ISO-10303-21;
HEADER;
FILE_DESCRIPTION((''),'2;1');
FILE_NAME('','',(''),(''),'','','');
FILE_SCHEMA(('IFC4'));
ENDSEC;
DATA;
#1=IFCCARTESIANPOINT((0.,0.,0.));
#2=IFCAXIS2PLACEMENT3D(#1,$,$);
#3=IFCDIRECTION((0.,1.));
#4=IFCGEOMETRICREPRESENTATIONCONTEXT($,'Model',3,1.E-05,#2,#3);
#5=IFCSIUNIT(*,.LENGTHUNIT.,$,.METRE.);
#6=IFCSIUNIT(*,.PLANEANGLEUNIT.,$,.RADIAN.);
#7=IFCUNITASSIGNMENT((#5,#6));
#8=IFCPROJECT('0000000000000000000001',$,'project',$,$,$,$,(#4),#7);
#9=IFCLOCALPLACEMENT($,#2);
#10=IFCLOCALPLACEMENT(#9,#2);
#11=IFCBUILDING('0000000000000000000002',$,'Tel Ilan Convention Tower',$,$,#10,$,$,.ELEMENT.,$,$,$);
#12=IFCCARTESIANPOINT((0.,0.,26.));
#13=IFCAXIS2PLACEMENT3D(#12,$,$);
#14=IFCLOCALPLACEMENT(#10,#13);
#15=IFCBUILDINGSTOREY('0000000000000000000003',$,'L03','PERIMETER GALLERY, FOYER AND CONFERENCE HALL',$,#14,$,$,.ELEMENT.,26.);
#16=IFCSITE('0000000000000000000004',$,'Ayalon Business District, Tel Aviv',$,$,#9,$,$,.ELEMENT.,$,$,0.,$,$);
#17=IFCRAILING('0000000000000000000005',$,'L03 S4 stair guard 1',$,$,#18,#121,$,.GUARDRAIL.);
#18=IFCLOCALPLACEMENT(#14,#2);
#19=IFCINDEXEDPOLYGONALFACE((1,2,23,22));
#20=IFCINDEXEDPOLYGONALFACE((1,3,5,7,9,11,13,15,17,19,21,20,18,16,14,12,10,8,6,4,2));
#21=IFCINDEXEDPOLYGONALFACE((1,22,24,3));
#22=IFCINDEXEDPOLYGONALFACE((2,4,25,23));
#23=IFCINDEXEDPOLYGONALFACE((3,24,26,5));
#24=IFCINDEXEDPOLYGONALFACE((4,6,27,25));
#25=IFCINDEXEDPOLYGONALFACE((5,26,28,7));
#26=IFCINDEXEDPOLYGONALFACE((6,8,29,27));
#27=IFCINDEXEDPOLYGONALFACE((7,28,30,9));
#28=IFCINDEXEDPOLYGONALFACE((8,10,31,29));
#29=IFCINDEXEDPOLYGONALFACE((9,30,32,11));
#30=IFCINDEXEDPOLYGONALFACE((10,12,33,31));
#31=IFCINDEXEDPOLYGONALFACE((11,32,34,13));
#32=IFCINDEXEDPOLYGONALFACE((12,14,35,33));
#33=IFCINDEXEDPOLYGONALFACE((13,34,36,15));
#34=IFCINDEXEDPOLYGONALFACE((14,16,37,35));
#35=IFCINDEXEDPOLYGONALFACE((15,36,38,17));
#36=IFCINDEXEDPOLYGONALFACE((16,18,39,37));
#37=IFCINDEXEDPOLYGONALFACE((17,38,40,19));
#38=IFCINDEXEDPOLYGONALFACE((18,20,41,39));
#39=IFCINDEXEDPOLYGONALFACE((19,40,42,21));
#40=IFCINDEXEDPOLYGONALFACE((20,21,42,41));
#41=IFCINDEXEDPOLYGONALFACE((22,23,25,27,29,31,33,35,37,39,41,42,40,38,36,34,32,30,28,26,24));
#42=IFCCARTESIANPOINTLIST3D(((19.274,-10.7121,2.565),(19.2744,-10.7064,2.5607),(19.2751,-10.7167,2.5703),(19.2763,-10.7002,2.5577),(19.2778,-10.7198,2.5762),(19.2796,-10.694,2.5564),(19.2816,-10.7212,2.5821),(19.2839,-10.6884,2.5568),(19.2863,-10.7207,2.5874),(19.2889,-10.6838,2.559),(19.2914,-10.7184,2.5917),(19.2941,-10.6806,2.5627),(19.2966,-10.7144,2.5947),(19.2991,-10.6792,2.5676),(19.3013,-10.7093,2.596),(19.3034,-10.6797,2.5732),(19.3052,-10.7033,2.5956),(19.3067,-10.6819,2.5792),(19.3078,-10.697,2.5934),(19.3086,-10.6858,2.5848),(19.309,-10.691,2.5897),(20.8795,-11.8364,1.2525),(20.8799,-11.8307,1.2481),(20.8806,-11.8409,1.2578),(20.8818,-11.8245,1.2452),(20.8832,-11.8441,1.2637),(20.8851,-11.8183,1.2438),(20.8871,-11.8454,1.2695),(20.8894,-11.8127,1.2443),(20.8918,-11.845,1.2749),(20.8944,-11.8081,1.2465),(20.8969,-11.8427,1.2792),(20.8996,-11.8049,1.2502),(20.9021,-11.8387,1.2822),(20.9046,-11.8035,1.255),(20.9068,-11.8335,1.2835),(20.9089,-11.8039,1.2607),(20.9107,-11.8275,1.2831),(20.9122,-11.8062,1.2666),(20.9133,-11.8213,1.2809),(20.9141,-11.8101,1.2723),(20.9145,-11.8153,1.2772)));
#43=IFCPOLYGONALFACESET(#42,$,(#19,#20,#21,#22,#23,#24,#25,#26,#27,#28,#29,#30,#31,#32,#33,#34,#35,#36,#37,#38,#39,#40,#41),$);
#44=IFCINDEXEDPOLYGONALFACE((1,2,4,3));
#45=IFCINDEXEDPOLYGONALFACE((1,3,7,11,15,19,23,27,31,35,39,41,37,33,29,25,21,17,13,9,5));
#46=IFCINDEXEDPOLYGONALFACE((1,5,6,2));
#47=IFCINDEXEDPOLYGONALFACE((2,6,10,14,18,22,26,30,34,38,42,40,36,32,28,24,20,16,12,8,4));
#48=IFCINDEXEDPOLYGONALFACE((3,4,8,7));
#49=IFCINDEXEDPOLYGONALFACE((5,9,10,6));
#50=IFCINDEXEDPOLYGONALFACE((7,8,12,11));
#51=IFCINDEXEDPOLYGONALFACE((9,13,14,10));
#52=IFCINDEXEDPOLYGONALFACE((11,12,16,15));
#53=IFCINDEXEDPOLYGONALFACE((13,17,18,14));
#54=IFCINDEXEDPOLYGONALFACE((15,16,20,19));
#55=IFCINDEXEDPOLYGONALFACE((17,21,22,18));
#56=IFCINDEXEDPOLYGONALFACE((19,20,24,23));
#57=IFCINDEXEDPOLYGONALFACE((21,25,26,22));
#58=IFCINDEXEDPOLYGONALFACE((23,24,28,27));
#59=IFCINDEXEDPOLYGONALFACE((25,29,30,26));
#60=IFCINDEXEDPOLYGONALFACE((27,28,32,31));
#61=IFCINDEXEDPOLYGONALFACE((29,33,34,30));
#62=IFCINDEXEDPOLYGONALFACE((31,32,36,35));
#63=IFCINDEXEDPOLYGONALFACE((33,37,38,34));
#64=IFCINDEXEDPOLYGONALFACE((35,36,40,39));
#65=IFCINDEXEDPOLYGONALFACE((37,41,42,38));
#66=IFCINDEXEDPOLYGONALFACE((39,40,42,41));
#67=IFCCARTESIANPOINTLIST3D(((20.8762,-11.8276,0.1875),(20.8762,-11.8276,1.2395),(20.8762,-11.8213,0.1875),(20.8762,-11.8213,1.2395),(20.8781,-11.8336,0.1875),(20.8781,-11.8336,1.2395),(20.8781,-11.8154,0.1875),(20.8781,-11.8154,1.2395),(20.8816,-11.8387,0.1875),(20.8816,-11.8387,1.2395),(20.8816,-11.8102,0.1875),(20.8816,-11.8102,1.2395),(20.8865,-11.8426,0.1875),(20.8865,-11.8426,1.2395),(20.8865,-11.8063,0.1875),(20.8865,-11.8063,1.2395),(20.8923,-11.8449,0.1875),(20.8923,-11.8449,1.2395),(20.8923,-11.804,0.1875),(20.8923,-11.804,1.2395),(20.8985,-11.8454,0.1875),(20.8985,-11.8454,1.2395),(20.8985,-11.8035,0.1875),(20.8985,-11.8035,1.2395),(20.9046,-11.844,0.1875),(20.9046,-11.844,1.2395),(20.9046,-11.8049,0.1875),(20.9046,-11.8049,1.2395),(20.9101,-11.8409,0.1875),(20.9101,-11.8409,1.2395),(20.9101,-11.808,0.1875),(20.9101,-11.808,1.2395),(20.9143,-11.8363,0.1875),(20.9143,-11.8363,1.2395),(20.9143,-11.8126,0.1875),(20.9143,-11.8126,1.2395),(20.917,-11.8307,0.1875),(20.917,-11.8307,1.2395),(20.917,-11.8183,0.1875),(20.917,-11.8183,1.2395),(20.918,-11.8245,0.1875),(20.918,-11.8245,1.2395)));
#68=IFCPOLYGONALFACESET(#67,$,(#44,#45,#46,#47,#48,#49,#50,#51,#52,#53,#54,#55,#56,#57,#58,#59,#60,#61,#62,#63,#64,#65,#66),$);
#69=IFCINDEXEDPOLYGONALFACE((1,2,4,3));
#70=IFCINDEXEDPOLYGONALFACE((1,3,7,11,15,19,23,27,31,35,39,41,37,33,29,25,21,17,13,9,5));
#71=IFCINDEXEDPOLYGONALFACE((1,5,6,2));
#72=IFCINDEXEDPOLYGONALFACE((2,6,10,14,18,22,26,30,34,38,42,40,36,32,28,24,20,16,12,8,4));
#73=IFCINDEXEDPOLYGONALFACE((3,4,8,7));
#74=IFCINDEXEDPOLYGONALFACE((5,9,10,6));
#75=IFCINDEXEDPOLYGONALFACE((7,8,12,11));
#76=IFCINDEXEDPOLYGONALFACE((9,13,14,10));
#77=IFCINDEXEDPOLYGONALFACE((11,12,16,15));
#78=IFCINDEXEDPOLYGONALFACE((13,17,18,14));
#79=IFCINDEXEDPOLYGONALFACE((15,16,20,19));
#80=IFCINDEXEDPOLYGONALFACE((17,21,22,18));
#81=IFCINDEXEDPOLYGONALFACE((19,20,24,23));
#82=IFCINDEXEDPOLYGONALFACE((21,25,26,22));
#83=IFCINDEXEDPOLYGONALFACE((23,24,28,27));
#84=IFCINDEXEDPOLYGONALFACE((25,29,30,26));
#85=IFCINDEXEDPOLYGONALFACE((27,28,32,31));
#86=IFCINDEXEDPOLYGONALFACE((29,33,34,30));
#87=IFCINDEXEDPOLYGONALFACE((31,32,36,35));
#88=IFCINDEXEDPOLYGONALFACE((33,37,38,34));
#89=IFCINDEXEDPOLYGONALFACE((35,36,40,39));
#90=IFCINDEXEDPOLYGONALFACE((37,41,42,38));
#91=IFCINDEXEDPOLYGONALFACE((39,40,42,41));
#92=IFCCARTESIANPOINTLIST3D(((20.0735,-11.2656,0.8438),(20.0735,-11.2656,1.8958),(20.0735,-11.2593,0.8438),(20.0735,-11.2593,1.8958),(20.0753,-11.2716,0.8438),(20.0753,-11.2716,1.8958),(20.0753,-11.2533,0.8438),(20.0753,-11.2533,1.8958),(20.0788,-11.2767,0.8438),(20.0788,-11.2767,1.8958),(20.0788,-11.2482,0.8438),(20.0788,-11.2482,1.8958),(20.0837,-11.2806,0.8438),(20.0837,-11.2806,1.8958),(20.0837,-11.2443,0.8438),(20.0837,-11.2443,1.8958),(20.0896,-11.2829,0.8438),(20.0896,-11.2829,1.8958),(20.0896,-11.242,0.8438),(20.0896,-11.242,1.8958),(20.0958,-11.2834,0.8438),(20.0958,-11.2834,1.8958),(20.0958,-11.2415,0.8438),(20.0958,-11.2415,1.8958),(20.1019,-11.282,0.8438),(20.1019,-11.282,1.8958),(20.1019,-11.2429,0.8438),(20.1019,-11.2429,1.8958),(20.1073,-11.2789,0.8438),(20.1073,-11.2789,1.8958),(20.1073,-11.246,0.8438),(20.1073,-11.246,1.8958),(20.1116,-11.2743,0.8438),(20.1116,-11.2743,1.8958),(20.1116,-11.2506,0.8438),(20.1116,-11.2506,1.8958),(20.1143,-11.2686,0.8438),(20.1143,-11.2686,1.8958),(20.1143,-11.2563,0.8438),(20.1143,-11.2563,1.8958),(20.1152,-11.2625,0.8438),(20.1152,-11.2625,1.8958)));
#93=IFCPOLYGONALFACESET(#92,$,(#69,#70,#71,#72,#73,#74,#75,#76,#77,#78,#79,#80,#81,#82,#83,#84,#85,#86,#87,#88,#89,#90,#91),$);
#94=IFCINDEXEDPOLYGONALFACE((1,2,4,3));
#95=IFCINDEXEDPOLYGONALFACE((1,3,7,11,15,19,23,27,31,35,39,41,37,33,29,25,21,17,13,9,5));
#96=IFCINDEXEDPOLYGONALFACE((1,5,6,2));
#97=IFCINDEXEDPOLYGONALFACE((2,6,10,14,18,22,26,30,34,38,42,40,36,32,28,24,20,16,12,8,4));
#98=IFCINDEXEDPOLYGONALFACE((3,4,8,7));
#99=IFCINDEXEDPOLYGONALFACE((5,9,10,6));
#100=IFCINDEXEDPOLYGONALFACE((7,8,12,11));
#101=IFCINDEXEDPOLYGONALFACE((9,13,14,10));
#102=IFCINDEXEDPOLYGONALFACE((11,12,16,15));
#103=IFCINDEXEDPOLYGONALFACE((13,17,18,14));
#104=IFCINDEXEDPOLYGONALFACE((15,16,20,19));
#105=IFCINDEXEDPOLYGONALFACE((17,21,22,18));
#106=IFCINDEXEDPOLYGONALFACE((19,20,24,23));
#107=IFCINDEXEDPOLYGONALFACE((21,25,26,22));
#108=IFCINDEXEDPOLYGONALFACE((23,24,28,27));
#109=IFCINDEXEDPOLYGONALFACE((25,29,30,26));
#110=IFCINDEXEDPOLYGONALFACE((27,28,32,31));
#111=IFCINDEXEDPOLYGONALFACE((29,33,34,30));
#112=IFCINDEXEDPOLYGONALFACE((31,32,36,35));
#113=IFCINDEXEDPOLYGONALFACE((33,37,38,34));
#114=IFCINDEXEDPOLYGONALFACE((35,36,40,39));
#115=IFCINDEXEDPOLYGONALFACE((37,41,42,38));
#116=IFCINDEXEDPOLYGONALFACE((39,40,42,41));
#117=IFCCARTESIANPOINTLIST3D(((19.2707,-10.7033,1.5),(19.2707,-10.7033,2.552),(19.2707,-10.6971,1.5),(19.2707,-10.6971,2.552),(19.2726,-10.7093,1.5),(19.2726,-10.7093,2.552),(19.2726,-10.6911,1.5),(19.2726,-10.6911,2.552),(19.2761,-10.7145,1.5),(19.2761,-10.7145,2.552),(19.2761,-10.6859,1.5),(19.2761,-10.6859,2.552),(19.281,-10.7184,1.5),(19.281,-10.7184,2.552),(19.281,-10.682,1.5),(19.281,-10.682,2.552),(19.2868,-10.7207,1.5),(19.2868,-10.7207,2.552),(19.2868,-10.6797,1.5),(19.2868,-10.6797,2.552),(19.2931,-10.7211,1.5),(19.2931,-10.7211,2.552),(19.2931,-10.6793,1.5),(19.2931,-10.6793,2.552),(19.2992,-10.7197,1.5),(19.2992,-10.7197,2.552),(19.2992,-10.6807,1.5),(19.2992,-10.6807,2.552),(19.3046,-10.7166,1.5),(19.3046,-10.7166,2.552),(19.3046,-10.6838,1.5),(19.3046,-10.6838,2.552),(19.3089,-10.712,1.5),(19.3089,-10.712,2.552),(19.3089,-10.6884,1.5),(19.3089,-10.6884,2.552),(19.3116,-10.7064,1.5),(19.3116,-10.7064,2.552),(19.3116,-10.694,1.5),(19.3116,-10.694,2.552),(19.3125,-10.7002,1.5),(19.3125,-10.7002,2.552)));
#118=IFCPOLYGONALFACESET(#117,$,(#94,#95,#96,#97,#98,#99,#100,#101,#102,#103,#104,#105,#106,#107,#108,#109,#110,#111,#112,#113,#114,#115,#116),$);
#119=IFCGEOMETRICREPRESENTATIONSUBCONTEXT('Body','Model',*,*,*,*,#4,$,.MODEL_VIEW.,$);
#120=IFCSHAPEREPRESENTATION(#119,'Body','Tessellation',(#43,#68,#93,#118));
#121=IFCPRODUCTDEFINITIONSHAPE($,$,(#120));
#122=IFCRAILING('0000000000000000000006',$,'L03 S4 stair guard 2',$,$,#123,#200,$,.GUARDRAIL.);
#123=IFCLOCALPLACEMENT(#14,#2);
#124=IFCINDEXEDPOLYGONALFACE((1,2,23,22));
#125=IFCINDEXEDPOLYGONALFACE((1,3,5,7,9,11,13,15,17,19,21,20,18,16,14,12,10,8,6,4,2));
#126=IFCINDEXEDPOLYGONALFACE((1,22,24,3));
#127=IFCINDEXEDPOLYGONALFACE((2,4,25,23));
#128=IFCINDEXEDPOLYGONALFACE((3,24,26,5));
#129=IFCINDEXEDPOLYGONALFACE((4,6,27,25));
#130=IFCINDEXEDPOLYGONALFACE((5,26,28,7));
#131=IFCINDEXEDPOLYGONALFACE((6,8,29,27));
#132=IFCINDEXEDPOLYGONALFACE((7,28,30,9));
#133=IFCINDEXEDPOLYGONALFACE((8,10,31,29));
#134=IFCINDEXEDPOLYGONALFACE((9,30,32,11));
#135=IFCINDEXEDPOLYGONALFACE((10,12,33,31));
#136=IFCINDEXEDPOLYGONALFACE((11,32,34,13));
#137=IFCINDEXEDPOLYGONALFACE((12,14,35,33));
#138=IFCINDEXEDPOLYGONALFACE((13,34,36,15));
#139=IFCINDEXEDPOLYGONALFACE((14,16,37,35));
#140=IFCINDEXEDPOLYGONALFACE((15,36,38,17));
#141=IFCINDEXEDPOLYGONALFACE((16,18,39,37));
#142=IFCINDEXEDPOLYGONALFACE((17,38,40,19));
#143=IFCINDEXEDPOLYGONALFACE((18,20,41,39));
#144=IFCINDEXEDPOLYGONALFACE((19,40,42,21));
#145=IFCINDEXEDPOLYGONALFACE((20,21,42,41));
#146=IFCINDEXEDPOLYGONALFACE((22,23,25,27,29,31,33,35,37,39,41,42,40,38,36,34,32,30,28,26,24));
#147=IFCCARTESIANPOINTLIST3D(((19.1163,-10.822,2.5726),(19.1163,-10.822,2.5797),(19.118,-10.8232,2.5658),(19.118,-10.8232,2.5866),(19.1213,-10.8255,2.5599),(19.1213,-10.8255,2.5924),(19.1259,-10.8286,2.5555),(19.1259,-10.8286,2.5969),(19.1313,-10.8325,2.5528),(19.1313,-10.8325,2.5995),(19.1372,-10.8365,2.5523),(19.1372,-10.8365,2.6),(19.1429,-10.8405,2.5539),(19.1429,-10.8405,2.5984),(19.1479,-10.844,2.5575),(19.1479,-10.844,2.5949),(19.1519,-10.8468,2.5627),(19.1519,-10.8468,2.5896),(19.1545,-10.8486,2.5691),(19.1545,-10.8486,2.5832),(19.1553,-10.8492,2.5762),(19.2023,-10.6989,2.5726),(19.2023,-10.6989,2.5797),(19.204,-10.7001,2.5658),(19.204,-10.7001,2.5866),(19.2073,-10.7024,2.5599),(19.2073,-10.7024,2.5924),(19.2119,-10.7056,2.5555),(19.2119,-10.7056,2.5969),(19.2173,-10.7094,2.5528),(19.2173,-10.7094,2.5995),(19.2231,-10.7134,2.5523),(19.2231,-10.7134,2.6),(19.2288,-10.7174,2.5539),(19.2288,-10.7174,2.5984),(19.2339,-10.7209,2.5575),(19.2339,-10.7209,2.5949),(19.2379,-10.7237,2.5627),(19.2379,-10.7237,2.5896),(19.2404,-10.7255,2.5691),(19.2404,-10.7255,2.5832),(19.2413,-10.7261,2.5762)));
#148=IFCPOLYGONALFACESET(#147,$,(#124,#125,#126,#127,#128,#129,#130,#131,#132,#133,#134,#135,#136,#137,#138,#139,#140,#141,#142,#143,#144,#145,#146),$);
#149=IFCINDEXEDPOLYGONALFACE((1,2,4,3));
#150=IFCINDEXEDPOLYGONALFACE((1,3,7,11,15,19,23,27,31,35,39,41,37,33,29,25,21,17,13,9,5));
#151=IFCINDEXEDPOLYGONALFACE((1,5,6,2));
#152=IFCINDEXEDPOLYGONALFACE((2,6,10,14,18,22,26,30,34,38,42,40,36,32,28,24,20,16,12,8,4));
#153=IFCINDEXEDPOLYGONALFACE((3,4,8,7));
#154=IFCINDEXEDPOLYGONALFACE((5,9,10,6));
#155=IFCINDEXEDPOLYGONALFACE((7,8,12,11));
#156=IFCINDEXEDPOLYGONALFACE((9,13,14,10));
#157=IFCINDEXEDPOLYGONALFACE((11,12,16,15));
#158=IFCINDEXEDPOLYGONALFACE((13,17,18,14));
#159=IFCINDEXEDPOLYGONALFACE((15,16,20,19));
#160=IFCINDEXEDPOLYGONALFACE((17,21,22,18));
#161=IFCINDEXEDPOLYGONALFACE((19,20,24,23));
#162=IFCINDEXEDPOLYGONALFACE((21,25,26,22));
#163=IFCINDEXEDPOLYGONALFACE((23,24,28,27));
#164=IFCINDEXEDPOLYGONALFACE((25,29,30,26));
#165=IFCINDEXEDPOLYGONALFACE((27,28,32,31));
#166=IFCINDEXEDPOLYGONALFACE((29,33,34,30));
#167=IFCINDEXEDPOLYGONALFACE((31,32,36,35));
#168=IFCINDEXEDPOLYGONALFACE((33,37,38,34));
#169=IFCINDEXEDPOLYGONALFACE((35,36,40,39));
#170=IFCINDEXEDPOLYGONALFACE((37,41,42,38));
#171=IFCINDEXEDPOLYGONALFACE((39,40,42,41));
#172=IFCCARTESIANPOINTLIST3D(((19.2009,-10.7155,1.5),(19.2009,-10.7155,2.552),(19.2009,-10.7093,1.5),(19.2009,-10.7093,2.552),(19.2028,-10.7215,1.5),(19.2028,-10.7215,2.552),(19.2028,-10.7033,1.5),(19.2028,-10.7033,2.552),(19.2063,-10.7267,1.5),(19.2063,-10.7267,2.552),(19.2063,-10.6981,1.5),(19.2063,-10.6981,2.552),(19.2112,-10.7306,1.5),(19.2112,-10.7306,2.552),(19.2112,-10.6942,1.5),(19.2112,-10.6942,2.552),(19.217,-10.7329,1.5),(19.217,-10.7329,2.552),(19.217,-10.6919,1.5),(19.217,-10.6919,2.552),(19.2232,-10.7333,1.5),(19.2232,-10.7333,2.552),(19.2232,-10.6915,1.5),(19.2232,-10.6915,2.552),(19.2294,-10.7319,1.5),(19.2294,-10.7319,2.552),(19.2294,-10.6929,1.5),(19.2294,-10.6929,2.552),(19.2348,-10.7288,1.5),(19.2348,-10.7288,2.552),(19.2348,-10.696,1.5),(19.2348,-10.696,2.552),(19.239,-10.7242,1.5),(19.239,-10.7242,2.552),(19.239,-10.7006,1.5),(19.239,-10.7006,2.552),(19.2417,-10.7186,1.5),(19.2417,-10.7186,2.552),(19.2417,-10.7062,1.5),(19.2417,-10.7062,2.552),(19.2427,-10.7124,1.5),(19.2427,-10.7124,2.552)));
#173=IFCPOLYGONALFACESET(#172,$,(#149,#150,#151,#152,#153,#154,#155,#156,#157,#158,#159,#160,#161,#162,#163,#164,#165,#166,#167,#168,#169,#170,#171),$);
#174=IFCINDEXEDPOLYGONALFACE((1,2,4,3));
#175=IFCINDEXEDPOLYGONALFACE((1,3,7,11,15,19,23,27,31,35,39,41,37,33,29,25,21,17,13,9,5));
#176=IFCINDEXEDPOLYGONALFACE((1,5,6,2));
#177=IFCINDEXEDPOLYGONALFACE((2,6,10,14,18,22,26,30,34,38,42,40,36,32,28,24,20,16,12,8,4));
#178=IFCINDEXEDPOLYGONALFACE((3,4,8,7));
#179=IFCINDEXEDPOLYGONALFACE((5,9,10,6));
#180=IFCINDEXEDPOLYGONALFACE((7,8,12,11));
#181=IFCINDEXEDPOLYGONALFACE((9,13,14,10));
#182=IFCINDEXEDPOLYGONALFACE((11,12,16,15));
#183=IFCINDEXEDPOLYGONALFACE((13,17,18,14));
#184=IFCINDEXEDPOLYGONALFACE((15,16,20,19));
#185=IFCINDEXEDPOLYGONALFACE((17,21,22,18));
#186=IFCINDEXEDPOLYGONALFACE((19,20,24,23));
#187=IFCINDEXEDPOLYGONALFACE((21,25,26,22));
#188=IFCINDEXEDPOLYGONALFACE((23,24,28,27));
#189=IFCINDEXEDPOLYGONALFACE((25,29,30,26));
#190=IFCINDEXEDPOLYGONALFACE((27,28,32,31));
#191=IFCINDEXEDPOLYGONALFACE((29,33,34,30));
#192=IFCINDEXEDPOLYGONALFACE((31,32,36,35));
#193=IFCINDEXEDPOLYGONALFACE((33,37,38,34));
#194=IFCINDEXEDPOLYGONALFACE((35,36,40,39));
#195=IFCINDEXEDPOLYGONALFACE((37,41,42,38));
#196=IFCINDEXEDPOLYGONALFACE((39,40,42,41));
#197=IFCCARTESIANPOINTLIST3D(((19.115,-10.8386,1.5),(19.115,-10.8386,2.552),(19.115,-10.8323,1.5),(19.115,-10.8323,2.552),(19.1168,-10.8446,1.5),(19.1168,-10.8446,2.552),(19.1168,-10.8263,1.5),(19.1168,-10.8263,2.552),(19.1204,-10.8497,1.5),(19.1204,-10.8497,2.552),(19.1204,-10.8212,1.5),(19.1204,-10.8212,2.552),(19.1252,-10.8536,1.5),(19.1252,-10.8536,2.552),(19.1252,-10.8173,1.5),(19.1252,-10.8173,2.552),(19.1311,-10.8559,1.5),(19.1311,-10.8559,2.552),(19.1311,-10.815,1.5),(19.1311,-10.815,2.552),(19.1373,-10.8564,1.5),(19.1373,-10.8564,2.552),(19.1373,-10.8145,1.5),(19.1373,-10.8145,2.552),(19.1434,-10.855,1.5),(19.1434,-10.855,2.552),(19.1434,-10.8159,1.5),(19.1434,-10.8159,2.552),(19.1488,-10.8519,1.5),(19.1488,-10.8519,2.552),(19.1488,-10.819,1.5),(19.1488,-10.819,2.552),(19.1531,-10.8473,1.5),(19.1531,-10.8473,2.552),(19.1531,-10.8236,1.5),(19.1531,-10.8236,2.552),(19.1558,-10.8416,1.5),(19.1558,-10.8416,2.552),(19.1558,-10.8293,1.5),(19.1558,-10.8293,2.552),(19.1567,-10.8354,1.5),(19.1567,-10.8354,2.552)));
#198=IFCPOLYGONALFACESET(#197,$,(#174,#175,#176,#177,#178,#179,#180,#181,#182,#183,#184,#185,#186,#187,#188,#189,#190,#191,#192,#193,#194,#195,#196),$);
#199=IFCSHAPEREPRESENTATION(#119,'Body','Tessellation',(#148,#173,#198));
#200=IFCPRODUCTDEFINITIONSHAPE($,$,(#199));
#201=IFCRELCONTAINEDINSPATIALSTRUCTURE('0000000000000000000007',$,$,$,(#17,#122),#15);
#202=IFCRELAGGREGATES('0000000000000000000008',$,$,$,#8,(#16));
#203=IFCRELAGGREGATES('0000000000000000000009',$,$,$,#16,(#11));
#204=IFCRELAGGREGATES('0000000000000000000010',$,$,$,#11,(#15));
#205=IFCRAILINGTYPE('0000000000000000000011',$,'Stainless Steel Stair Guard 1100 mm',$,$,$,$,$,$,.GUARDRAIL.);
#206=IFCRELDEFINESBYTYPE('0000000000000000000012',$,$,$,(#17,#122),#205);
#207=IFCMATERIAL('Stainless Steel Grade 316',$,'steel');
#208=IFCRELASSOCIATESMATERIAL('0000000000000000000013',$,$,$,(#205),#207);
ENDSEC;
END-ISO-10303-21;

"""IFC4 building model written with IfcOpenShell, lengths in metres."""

from ifc_helpers import new_model, si_unit, direction, frame, origin, origin_2d, place, context, subcontext, project, spatial, circle, extrude, material, type_object, element, save


model = new_model("IFC4")

# Units and contexts
model_context = context("Model", 3, precision=1e-05, world=origin(), true_north=direction((0.0, 1.0)))
body_context = subcontext(model_context, "Body", "Model", "MODEL_VIEW")
ifc_project = project(units=[si_unit("LENGTHUNIT", "METRE"), si_unit("PLANEANGLEUNIT", "RADIAN")], contexts=[model_context])

# Site, building, storey
site_placement = place(None, origin())
site = spatial("IfcSite", under=ifc_project, at=site_placement, Name="Ayalon Business District, Tel Aviv", CompositionType="ELEMENT", RefElevation=0.0)
building_placement = place(site_placement, origin())
building = spatial("IfcBuilding", under=site, at=building_placement, Name="Tel Ilan Convention Tower", CompositionType="ELEMENT")
storey_placement = place(building_placement, frame((0.0, 0.0, 26.0)))
storey = spatial("IfcBuildingStorey", under=building, at=storey_placement, Name="L03", Description="PERIMETER GALLERY, FOYER AND CONFERENCE HALL", CompositionType="ELEMENT", Elevation=26.0)

# Railings
ifc_material_1 = material(Name="Stainless Steel Grade 316", Category="steel")
railing_type_1 = type_object("IfcRailingType", Name="Stainless Steel Stair Guard 1100 mm", PredefinedType="GUARDRAIL", material=ifc_material_1)
railing_1_placement = place(storey_placement, frame((20.897, -11.8245, 0.1875)))
element("IfcRailing", 1, at=railing_1_placement, inside=storey, type_object=railing_type_1, Name="L03 S4 stair guard 1", PredefinedType="GUARDRAIL", context=body_context, shape_type="SweptSolid", body=[
    extrude(circle(Radius=0.0239, at=origin_2d()), frame((0.0, 0.0, 1.0762), z_axis=(-0.680616, 0.476617, 0.556416), x_axis=(-0.573613, -0.819127, 0.0)), (0.0, 0.0, 1.0), 2.3589),
    extrude(circle(Radius=0.021, at=origin_2d()), origin(), (0.0, 0.0, 1.0), 1.052),
    extrude(circle(Radius=0.021, at=origin_2d()), frame((-0.8027, 0.562, 0.6562)), (0.0, 0.0, 1.0), 1.052),
    extrude(circle(Radius=0.021, at=origin_2d()), frame((-1.6055, 1.1243, 1.3125)), (0.0, 0.0, 1.0), 1.052),
])
railing_2_placement = place(storey_placement, frame((19.2217, -10.7124, 1.5)))
element("IfcRailing", 2, at=railing_2_placement, inside=storey, type_object=railing_type_1, Name="L03 S4 stair guard 2", PredefinedType="GUARDRAIL", context=body_context, shape_type="SweptSolid", body=[
    extrude(circle(Radius=0.0239, at=origin_2d()), frame((0.0, 0.0, 1.0762), z_axis=(-0.572589, -0.819843, 0.0), x_axis=(0.819843, -0.572589, 0.0)), (0.0, 0.0, 1.0), 0.1501),
    extrude(circle(Radius=0.021, at=origin_2d()), origin(), (0.0, 0.0, 1.0), 1.052),
    extrude(circle(Radius=0.021, at=origin_2d()), frame((-0.0859, -0.123, 0.0)), (0.0, 0.0, 1.0), 1.052),
])

save(model, "model.ifc")
